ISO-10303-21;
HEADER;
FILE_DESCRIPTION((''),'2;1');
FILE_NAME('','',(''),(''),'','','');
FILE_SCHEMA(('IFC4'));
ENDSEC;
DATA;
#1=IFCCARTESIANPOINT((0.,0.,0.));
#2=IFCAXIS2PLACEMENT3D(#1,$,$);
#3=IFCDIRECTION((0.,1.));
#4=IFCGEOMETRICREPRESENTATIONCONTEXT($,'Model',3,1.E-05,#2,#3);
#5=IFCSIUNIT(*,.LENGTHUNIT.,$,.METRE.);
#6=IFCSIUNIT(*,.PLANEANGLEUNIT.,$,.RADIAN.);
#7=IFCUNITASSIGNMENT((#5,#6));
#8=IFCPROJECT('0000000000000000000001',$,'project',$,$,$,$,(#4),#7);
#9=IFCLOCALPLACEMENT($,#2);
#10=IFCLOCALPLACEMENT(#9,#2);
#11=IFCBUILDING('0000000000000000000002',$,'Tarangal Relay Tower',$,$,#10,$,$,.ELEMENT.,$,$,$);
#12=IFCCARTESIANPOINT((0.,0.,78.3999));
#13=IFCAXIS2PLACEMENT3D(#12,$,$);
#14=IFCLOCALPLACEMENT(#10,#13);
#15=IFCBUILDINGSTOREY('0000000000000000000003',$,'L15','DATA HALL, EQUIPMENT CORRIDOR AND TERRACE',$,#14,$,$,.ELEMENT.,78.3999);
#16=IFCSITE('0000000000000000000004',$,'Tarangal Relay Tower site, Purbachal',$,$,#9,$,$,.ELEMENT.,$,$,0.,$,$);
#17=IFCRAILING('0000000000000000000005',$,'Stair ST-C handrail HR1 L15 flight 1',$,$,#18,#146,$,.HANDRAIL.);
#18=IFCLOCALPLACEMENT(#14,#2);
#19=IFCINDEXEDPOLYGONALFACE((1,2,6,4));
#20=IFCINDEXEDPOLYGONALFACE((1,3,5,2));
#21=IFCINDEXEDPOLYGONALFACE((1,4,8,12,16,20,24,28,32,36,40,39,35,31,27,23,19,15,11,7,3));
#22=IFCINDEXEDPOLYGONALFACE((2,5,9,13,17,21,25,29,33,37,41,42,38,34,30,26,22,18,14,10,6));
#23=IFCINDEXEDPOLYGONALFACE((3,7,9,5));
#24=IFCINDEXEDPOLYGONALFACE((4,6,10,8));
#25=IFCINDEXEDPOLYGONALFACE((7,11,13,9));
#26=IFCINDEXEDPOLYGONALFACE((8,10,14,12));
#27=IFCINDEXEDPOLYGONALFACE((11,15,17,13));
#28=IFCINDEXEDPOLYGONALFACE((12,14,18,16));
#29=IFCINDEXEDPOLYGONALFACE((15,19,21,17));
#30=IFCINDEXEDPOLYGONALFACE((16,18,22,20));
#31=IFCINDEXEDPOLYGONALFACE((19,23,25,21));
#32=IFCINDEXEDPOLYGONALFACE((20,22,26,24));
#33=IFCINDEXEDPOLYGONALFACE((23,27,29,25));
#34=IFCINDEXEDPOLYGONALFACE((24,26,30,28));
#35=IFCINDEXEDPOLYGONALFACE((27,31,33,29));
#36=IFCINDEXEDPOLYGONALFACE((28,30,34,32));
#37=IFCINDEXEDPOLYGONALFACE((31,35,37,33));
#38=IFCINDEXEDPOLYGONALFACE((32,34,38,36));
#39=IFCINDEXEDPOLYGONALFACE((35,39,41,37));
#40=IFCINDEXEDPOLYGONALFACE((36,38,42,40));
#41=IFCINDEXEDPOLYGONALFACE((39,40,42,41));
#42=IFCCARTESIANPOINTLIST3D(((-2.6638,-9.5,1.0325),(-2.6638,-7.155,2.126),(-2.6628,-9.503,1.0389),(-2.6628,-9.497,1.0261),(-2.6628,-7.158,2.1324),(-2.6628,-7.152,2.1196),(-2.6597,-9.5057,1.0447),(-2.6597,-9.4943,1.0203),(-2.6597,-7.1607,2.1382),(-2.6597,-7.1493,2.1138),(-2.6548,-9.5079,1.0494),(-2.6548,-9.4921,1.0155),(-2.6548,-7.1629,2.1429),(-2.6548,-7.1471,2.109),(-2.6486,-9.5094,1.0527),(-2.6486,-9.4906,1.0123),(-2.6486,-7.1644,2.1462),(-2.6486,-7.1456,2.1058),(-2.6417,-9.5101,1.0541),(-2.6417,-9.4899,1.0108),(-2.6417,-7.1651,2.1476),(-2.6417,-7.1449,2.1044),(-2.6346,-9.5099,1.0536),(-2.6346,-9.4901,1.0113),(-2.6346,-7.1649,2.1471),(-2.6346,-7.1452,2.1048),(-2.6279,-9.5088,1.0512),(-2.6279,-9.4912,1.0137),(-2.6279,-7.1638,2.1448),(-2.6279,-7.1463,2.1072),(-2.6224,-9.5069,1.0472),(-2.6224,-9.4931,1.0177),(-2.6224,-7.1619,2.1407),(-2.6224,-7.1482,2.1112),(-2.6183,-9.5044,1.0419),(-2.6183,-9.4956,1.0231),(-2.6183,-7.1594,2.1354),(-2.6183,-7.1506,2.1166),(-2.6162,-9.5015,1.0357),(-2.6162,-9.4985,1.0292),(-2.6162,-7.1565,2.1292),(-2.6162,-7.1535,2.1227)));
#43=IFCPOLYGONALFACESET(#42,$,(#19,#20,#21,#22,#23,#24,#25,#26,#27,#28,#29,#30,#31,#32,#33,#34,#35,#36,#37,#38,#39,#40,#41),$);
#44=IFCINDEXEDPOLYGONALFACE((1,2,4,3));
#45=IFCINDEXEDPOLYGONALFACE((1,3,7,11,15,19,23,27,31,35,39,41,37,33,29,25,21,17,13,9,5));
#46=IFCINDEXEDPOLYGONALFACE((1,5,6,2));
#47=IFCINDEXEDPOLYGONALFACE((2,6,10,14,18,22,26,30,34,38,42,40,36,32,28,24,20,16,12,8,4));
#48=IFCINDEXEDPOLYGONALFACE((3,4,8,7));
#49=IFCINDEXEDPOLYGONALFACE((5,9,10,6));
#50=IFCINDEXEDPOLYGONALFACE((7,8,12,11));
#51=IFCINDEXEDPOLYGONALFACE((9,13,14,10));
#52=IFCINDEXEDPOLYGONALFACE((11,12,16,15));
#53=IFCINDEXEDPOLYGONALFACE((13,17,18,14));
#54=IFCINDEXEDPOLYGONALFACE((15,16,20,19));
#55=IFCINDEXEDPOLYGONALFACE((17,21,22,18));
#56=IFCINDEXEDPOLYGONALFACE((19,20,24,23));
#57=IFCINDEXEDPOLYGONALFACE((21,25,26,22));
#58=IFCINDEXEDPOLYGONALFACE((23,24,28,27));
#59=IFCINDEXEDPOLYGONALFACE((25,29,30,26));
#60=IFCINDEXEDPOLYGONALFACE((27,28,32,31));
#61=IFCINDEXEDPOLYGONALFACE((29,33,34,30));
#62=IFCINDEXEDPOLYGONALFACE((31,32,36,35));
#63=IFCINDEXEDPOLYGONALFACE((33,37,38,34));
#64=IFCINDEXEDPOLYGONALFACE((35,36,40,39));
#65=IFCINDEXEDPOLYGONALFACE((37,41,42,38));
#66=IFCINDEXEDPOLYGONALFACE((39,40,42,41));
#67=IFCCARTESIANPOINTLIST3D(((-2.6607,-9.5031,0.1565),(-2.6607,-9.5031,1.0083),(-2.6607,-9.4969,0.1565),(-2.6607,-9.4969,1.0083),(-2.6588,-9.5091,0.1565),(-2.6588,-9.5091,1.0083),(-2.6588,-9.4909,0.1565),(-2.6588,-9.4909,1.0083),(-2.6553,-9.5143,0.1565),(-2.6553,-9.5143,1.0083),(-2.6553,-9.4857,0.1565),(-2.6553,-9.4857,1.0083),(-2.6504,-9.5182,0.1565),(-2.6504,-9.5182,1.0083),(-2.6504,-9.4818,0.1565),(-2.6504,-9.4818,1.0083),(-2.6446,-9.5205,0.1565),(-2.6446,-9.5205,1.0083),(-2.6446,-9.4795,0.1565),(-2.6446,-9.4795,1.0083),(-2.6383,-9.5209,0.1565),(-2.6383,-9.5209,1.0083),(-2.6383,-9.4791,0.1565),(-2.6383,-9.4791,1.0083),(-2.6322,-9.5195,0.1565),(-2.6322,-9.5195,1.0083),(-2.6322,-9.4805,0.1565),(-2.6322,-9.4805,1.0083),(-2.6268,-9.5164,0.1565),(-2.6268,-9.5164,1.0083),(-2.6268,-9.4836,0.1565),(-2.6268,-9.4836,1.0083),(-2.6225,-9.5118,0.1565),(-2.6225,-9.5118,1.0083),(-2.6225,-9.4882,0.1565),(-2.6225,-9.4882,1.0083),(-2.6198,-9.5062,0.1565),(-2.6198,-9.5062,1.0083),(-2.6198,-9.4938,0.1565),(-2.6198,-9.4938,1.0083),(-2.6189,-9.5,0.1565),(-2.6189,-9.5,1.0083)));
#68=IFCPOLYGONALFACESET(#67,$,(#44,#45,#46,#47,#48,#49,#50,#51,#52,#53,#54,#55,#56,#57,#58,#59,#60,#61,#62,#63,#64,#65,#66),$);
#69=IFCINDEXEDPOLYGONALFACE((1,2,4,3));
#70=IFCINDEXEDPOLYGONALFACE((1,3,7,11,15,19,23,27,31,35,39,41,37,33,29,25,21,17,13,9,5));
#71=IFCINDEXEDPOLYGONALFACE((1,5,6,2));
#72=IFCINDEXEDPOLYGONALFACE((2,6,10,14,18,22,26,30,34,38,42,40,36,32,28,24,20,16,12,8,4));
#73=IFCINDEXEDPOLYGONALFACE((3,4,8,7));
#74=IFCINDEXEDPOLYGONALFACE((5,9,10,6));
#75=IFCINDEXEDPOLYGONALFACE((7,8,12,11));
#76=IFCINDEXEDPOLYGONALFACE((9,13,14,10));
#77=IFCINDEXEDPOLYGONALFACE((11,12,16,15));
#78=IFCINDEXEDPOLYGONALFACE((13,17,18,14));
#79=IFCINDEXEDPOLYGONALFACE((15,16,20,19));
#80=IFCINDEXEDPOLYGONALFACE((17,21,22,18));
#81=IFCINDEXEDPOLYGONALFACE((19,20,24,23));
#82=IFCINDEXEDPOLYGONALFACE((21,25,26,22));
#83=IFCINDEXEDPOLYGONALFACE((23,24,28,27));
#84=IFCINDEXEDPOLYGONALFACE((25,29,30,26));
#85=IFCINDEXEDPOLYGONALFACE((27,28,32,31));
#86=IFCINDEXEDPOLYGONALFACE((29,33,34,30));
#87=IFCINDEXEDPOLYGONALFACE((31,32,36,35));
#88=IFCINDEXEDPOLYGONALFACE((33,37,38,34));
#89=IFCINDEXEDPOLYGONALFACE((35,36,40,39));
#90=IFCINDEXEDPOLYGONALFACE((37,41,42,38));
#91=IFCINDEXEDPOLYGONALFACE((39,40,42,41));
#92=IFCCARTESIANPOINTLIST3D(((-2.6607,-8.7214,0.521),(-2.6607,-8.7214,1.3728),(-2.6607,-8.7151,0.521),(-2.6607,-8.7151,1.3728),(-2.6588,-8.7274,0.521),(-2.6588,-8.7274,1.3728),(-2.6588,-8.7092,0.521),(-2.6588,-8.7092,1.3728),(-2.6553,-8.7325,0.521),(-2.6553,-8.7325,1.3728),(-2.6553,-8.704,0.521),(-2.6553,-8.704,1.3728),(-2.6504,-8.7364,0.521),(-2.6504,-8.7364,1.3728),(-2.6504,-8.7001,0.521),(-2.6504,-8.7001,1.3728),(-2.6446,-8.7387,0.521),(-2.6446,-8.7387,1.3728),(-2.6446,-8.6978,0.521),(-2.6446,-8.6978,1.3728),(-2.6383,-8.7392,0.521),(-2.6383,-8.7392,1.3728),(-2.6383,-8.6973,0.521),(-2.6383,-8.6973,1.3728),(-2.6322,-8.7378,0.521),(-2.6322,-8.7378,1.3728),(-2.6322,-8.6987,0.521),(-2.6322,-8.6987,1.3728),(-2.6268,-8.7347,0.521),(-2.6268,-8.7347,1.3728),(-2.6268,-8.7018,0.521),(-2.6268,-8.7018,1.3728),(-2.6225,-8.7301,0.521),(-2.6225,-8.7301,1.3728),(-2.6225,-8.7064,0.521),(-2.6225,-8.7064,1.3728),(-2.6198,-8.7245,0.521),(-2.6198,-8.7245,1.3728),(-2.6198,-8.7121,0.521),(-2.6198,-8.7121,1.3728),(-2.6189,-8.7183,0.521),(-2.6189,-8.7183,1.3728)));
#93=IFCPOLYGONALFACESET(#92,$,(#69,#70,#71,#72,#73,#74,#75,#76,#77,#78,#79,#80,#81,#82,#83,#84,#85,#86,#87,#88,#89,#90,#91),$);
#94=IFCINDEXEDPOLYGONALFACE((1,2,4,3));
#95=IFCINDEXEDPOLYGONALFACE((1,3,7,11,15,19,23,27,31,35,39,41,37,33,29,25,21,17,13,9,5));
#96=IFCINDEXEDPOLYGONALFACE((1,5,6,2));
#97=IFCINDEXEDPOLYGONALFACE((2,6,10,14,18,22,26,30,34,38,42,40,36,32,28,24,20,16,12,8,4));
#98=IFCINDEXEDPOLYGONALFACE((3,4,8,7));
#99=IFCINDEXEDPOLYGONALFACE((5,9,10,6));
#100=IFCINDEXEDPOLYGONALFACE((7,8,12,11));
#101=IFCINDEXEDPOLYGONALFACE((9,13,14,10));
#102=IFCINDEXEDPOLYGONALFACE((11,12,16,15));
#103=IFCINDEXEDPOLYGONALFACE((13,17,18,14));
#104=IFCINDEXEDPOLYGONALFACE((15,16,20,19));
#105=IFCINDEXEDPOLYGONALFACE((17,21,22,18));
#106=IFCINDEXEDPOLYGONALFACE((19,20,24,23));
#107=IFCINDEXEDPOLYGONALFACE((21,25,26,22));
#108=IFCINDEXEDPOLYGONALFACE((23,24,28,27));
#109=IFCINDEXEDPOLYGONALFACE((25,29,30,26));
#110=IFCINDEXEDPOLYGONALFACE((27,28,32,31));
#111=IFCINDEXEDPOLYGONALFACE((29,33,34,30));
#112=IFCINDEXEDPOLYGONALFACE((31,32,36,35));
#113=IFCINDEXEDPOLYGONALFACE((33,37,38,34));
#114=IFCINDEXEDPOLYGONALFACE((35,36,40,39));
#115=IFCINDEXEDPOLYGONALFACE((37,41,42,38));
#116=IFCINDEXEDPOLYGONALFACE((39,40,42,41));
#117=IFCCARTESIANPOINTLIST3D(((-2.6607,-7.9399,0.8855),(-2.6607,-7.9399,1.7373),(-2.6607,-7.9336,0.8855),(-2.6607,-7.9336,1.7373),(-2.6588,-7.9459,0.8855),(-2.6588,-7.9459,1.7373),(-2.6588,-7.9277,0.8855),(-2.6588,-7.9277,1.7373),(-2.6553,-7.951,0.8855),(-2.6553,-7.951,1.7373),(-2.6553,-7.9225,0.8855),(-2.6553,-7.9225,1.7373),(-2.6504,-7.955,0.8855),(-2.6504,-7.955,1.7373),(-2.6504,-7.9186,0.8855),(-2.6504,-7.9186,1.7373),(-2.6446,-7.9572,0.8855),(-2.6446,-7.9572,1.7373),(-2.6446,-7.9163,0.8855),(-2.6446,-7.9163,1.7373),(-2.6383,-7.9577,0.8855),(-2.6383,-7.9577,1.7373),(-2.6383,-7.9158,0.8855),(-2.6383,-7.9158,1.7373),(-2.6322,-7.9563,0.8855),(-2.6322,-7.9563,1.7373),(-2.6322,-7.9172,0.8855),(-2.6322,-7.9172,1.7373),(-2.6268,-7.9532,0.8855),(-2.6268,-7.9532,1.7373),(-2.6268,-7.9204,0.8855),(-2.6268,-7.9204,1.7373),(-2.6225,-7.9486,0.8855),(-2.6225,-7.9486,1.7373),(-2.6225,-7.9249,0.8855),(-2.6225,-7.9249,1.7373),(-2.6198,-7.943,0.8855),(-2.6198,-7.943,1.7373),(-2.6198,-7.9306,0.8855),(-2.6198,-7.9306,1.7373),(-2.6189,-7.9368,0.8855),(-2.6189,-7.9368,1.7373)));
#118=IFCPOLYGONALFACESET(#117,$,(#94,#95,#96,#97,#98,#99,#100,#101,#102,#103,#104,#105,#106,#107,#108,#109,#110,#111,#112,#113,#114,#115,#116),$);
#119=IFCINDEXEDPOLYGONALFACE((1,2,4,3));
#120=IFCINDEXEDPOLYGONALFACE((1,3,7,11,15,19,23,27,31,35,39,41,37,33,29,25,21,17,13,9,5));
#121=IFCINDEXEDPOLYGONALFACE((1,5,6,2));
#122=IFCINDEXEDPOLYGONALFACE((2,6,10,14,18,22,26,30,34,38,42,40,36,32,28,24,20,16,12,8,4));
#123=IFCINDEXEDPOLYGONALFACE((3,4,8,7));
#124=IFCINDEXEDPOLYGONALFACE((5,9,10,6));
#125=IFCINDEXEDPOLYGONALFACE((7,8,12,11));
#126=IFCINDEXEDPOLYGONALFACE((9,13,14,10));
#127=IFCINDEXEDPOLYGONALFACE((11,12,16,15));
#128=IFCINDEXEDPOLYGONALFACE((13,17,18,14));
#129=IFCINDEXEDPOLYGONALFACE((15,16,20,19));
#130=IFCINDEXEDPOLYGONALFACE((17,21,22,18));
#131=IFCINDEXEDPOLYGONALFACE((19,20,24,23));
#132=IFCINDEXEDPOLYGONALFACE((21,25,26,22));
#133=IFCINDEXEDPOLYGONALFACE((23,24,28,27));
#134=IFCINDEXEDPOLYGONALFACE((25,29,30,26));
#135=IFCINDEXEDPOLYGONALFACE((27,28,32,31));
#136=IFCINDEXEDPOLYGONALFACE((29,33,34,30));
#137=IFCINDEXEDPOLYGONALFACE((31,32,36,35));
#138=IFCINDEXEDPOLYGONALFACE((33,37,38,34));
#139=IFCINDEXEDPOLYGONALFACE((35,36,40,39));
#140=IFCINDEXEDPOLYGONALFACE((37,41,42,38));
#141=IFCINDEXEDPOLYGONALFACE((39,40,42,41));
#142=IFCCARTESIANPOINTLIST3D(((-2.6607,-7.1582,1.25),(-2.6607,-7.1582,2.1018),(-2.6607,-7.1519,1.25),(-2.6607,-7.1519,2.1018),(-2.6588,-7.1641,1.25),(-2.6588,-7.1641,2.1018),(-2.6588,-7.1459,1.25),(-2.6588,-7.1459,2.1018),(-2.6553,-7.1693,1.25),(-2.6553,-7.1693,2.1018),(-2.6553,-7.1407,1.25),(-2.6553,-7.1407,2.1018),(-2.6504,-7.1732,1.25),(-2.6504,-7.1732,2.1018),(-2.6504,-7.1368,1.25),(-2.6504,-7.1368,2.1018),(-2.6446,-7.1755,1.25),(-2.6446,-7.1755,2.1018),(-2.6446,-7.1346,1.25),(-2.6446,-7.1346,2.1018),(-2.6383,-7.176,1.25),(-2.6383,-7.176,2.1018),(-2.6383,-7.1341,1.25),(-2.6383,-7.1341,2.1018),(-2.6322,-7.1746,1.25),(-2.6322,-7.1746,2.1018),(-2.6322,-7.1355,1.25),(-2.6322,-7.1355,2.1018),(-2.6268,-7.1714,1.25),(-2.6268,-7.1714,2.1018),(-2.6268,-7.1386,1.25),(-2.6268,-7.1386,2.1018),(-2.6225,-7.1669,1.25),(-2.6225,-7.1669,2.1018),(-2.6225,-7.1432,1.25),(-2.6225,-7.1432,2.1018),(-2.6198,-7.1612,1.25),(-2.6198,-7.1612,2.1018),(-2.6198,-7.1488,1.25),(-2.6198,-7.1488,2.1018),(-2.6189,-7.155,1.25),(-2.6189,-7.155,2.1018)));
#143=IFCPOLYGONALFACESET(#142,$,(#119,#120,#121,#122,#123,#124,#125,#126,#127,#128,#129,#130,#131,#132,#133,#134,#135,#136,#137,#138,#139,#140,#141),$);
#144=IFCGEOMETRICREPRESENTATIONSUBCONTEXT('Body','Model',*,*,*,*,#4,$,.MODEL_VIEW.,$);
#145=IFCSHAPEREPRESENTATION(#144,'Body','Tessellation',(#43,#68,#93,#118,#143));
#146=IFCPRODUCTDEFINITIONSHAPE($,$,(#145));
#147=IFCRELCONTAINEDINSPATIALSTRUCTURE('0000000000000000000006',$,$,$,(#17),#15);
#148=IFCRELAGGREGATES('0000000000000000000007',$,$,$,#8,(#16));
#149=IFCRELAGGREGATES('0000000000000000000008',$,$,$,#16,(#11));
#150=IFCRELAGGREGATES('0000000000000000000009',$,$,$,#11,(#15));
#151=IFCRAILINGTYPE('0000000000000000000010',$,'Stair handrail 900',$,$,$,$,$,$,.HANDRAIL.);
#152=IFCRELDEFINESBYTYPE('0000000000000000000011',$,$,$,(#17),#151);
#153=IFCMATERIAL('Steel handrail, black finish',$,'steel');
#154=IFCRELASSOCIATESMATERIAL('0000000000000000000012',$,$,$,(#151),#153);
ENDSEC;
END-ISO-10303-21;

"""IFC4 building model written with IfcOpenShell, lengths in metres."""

from ifc_helpers import new_model, si_unit, direction, frame, origin, origin_2d, place, context, subcontext, project, spatial, circle, extrude, material, type_object, element, save


model = new_model("IFC4")

# Units and contexts
model_context = context("Model", 3, precision=1e-05, world=origin(), true_north=direction((0.0, 1.0)))
body_context = subcontext(model_context, "Body", "Model", "MODEL_VIEW")
ifc_project = project(units=[si_unit("LENGTHUNIT", "METRE"), si_unit("PLANEANGLEUNIT", "RADIAN")], contexts=[model_context])

# Site, building, storey
site_placement = place(None, origin())
site = spatial("IfcSite", under=ifc_project, at=site_placement, Name="Tarangal Relay Tower site, Purbachal", CompositionType="ELEMENT", RefElevation=0.0)
building_placement = place(site_placement, origin())
building = spatial("IfcBuilding", under=site, at=building_placement, Name="Tarangal Relay Tower", CompositionType="ELEMENT")
storey_placement = place(building_placement, frame((0.0, 0.0, 78.3999)))
storey = spatial("IfcBuildingStorey", under=building, at=storey_placement, Name="L15", Description="DATA HALL, EQUIPMENT CORRIDOR AND TERRACE", CompositionType="ELEMENT", Elevation=78.3999)

# Railing
ifc_material_1 = material(Name="Steel handrail, black finish", Category="steel")
railing_type_1 = type_object("IfcRailingType", Name="Stair handrail 900", PredefinedType="HANDRAIL", material=ifc_material_1)
for number, where, name in (
    (1, (-2.6399, -9.5, 0.1565), "Stair ST-C handrail HR1 L15 flight 1"),
):
    element("IfcRailing", number, at=place(storey_placement, frame(where)), inside=storey, type_object=railing_type_1, Name=name, PredefinedType="HANDRAIL", context=body_context, shape_type="SweptSolid", body=[
        extrude(circle(Radius=0.0239, at=origin_2d()), frame((0.0, 0.0, 0.876), z_axis=(0.0, 0.906304, 0.422627), x_axis=(-1.0, 0.0, 0.0)), (0.0, 0.0, 1.0), 2.5874),
        extrude(circle(Radius=0.021, at=origin_2d()), origin(), (0.0, 0.0, 1.0), 0.8518),
        extrude(circle(Radius=0.021, at=origin_2d()), frame((0.0, 0.7817, 0.3645)), (0.0, 0.0, 1.0), 0.8518),
        extrude(circle(Radius=0.021, at=origin_2d()), frame((0.0, 1.5632, 0.729)), (0.0, 0.0, 1.0), 0.8518),
        extrude(circle(Radius=0.021, at=origin_2d()), frame((0.0, 2.345, 1.0935)), (0.0, 0.0, 1.0), 0.8518),
    ])

save(model, "model.ifc")
